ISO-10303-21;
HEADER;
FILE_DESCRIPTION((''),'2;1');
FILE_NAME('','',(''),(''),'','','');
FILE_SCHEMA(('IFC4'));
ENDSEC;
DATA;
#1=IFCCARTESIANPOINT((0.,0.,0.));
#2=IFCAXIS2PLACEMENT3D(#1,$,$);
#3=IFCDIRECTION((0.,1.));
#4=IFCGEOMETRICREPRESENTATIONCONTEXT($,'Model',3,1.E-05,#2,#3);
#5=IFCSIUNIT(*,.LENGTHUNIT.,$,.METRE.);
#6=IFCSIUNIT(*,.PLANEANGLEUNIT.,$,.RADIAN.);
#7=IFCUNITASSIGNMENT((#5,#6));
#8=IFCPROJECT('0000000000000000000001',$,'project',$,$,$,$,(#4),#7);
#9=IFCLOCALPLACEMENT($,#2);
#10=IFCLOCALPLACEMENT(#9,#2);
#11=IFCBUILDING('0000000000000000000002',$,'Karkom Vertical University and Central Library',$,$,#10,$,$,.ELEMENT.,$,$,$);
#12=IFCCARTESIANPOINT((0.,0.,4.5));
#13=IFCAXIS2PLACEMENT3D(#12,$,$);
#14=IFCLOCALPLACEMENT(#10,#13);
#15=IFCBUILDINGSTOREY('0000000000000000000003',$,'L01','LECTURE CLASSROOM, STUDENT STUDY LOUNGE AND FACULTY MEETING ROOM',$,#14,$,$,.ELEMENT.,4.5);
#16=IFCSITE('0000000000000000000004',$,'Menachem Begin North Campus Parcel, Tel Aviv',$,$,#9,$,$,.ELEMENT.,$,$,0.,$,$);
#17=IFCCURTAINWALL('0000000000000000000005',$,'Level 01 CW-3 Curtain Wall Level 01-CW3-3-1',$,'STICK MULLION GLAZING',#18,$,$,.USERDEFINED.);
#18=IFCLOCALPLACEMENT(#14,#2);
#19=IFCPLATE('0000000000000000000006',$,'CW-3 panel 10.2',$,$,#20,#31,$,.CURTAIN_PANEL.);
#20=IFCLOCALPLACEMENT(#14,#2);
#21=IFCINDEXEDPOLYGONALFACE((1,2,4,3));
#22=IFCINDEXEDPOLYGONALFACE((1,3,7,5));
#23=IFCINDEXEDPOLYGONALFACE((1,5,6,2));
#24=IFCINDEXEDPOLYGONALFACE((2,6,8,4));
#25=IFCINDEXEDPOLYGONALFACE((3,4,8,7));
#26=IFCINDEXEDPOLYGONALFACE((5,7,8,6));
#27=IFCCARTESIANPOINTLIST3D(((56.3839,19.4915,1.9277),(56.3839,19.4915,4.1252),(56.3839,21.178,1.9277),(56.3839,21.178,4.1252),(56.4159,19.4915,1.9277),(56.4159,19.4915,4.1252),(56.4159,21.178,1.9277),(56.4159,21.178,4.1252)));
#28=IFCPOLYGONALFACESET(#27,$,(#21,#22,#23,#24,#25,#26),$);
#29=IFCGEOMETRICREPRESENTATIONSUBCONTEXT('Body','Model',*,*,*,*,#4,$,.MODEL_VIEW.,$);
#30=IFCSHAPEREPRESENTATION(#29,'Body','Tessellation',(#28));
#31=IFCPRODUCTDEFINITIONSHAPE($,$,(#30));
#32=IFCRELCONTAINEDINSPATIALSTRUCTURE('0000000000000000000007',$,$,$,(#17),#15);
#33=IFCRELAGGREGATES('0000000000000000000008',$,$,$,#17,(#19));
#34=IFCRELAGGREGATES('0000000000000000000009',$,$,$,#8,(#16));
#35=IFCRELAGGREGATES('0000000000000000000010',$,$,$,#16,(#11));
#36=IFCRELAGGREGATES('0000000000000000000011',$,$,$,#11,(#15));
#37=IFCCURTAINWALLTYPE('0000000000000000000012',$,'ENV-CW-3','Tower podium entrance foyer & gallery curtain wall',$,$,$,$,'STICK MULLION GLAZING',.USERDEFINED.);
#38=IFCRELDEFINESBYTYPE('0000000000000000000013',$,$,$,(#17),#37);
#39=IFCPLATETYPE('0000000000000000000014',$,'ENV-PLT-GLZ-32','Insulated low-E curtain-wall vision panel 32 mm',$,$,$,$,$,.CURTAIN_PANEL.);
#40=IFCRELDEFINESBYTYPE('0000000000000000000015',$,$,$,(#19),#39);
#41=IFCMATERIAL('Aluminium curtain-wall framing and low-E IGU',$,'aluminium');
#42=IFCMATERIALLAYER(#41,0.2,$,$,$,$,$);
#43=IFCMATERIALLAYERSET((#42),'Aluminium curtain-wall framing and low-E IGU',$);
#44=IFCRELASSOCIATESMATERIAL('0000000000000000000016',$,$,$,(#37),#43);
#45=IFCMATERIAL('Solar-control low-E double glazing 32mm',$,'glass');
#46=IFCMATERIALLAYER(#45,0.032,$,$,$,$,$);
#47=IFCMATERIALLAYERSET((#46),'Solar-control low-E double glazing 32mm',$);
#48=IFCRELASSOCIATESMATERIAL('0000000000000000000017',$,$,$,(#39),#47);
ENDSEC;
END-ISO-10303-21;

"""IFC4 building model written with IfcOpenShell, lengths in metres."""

from ifc_helpers import new_model, si_unit, direction, frame, origin, origin_with_axes, origin_2d, place, context, subcontext, project, spatial, rectangle, extrude, source, transform, mapped, material, layer, layer_set, type_object, element, aggregate, save


model = new_model("IFC4")

# Units and contexts
model_context = context("Model", 3, precision=1e-05, world=origin(), true_north=direction((0.0, 1.0)))
body_context = subcontext(model_context, "Body", "Model", "MODEL_VIEW")
ifc_project = project(units=[si_unit("LENGTHUNIT", "METRE"), si_unit("PLANEANGLEUNIT", "RADIAN")], contexts=[model_context])

# Site, building, storey
site_placement = place(None, origin())
site = spatial("IfcSite", under=ifc_project, at=site_placement, Name="Menachem Begin North Campus Parcel, Tel Aviv", CompositionType="ELEMENT", RefElevation=0.0)
building_placement = place(site_placement, origin())
building = spatial("IfcBuilding", under=site, at=building_placement, Name="Karkom Vertical University and Central Library", CompositionType="ELEMENT")
storey_placement = place(building_placement, frame((0.0, 0.0, 4.5)))
storey = spatial("IfcBuildingStorey", under=building, at=storey_placement, Name="L01", Description="LECTURE CLASSROOM, STUDENT STUDY LOUNGE AND FACULTY MEETING ROOM", CompositionType="ELEMENT", Elevation=4.5)

# Curtain wall, plate
ifc_material_1 = material(Name="Aluminium curtain-wall framing and low-E IGU", Category="aluminium")
ifc_layer_1 = layer(ifc_material_1, 0.2)
ifc_layer_set_1 = layer_set([ifc_layer_1], Name="Aluminium curtain-wall framing and low-E IGU")
curtain_wall_type = type_object("IfcCurtainWallType", Name="ENV-CW-3", Description="Tower podium entrance foyer & gallery curtain wall", ElementType="STICK MULLION GLAZING", PredefinedType="USERDEFINED", material=ifc_layer_set_1)
curtain_wall_placement = place(storey_placement, origin())
curtain_wall = element("IfcCurtainWall", 1, at=curtain_wall_placement, inside=storey, type_object=curtain_wall_type, Name="Level 01 CW-3 Curtain Wall Level 01-CW3-3-1", ObjectType="STICK MULLION GLAZING", PredefinedType="USERDEFINED")
ifc_material_2 = material(Name="Solar-control low-E double glazing 32mm", Category="glass")
ifc_layer_2 = layer(ifc_material_2, 0.032)
ifc_layer_set_2 = layer_set([ifc_layer_2], Name="Solar-control low-E double glazing 32mm")
plate_type = type_object("IfcPlateType", Name="ENV-PLT-GLZ-32", Description="Insulated low-E curtain-wall vision panel 32 mm", PredefinedType="CURTAIN_PANEL", material=ifc_layer_set_2)
shared_shape_1 = source(origin_with_axes(), body_context, "Body", "SweptSolid", [
    extrude(rectangle(XDim=1.6865, YDim=0.032, at=origin_2d()), origin(), (0.0, 0.0, 1.0), 2.1975),
])
plate_1_placement = place(storey_placement, frame((56.3999, 20.3347, 1.9277), z_axis=(0.0, 0.0, 1.0), x_axis=(0.0, 1.0, 0.0)))
plate_1 = element("IfcPlate", 2, at=plate_1_placement, type_object=plate_type, Name="CW-3 panel 10.2", PredefinedType="CURTAIN_PANEL", context=body_context, shape_type="MappedRepresentation", body=[
    mapped(shared_shape_1, transform((0.0, 0.0, 0.0), scale=1.0)),
])
aggregate(curtain_wall, [plate_1])

save(model, "model.ifc")
